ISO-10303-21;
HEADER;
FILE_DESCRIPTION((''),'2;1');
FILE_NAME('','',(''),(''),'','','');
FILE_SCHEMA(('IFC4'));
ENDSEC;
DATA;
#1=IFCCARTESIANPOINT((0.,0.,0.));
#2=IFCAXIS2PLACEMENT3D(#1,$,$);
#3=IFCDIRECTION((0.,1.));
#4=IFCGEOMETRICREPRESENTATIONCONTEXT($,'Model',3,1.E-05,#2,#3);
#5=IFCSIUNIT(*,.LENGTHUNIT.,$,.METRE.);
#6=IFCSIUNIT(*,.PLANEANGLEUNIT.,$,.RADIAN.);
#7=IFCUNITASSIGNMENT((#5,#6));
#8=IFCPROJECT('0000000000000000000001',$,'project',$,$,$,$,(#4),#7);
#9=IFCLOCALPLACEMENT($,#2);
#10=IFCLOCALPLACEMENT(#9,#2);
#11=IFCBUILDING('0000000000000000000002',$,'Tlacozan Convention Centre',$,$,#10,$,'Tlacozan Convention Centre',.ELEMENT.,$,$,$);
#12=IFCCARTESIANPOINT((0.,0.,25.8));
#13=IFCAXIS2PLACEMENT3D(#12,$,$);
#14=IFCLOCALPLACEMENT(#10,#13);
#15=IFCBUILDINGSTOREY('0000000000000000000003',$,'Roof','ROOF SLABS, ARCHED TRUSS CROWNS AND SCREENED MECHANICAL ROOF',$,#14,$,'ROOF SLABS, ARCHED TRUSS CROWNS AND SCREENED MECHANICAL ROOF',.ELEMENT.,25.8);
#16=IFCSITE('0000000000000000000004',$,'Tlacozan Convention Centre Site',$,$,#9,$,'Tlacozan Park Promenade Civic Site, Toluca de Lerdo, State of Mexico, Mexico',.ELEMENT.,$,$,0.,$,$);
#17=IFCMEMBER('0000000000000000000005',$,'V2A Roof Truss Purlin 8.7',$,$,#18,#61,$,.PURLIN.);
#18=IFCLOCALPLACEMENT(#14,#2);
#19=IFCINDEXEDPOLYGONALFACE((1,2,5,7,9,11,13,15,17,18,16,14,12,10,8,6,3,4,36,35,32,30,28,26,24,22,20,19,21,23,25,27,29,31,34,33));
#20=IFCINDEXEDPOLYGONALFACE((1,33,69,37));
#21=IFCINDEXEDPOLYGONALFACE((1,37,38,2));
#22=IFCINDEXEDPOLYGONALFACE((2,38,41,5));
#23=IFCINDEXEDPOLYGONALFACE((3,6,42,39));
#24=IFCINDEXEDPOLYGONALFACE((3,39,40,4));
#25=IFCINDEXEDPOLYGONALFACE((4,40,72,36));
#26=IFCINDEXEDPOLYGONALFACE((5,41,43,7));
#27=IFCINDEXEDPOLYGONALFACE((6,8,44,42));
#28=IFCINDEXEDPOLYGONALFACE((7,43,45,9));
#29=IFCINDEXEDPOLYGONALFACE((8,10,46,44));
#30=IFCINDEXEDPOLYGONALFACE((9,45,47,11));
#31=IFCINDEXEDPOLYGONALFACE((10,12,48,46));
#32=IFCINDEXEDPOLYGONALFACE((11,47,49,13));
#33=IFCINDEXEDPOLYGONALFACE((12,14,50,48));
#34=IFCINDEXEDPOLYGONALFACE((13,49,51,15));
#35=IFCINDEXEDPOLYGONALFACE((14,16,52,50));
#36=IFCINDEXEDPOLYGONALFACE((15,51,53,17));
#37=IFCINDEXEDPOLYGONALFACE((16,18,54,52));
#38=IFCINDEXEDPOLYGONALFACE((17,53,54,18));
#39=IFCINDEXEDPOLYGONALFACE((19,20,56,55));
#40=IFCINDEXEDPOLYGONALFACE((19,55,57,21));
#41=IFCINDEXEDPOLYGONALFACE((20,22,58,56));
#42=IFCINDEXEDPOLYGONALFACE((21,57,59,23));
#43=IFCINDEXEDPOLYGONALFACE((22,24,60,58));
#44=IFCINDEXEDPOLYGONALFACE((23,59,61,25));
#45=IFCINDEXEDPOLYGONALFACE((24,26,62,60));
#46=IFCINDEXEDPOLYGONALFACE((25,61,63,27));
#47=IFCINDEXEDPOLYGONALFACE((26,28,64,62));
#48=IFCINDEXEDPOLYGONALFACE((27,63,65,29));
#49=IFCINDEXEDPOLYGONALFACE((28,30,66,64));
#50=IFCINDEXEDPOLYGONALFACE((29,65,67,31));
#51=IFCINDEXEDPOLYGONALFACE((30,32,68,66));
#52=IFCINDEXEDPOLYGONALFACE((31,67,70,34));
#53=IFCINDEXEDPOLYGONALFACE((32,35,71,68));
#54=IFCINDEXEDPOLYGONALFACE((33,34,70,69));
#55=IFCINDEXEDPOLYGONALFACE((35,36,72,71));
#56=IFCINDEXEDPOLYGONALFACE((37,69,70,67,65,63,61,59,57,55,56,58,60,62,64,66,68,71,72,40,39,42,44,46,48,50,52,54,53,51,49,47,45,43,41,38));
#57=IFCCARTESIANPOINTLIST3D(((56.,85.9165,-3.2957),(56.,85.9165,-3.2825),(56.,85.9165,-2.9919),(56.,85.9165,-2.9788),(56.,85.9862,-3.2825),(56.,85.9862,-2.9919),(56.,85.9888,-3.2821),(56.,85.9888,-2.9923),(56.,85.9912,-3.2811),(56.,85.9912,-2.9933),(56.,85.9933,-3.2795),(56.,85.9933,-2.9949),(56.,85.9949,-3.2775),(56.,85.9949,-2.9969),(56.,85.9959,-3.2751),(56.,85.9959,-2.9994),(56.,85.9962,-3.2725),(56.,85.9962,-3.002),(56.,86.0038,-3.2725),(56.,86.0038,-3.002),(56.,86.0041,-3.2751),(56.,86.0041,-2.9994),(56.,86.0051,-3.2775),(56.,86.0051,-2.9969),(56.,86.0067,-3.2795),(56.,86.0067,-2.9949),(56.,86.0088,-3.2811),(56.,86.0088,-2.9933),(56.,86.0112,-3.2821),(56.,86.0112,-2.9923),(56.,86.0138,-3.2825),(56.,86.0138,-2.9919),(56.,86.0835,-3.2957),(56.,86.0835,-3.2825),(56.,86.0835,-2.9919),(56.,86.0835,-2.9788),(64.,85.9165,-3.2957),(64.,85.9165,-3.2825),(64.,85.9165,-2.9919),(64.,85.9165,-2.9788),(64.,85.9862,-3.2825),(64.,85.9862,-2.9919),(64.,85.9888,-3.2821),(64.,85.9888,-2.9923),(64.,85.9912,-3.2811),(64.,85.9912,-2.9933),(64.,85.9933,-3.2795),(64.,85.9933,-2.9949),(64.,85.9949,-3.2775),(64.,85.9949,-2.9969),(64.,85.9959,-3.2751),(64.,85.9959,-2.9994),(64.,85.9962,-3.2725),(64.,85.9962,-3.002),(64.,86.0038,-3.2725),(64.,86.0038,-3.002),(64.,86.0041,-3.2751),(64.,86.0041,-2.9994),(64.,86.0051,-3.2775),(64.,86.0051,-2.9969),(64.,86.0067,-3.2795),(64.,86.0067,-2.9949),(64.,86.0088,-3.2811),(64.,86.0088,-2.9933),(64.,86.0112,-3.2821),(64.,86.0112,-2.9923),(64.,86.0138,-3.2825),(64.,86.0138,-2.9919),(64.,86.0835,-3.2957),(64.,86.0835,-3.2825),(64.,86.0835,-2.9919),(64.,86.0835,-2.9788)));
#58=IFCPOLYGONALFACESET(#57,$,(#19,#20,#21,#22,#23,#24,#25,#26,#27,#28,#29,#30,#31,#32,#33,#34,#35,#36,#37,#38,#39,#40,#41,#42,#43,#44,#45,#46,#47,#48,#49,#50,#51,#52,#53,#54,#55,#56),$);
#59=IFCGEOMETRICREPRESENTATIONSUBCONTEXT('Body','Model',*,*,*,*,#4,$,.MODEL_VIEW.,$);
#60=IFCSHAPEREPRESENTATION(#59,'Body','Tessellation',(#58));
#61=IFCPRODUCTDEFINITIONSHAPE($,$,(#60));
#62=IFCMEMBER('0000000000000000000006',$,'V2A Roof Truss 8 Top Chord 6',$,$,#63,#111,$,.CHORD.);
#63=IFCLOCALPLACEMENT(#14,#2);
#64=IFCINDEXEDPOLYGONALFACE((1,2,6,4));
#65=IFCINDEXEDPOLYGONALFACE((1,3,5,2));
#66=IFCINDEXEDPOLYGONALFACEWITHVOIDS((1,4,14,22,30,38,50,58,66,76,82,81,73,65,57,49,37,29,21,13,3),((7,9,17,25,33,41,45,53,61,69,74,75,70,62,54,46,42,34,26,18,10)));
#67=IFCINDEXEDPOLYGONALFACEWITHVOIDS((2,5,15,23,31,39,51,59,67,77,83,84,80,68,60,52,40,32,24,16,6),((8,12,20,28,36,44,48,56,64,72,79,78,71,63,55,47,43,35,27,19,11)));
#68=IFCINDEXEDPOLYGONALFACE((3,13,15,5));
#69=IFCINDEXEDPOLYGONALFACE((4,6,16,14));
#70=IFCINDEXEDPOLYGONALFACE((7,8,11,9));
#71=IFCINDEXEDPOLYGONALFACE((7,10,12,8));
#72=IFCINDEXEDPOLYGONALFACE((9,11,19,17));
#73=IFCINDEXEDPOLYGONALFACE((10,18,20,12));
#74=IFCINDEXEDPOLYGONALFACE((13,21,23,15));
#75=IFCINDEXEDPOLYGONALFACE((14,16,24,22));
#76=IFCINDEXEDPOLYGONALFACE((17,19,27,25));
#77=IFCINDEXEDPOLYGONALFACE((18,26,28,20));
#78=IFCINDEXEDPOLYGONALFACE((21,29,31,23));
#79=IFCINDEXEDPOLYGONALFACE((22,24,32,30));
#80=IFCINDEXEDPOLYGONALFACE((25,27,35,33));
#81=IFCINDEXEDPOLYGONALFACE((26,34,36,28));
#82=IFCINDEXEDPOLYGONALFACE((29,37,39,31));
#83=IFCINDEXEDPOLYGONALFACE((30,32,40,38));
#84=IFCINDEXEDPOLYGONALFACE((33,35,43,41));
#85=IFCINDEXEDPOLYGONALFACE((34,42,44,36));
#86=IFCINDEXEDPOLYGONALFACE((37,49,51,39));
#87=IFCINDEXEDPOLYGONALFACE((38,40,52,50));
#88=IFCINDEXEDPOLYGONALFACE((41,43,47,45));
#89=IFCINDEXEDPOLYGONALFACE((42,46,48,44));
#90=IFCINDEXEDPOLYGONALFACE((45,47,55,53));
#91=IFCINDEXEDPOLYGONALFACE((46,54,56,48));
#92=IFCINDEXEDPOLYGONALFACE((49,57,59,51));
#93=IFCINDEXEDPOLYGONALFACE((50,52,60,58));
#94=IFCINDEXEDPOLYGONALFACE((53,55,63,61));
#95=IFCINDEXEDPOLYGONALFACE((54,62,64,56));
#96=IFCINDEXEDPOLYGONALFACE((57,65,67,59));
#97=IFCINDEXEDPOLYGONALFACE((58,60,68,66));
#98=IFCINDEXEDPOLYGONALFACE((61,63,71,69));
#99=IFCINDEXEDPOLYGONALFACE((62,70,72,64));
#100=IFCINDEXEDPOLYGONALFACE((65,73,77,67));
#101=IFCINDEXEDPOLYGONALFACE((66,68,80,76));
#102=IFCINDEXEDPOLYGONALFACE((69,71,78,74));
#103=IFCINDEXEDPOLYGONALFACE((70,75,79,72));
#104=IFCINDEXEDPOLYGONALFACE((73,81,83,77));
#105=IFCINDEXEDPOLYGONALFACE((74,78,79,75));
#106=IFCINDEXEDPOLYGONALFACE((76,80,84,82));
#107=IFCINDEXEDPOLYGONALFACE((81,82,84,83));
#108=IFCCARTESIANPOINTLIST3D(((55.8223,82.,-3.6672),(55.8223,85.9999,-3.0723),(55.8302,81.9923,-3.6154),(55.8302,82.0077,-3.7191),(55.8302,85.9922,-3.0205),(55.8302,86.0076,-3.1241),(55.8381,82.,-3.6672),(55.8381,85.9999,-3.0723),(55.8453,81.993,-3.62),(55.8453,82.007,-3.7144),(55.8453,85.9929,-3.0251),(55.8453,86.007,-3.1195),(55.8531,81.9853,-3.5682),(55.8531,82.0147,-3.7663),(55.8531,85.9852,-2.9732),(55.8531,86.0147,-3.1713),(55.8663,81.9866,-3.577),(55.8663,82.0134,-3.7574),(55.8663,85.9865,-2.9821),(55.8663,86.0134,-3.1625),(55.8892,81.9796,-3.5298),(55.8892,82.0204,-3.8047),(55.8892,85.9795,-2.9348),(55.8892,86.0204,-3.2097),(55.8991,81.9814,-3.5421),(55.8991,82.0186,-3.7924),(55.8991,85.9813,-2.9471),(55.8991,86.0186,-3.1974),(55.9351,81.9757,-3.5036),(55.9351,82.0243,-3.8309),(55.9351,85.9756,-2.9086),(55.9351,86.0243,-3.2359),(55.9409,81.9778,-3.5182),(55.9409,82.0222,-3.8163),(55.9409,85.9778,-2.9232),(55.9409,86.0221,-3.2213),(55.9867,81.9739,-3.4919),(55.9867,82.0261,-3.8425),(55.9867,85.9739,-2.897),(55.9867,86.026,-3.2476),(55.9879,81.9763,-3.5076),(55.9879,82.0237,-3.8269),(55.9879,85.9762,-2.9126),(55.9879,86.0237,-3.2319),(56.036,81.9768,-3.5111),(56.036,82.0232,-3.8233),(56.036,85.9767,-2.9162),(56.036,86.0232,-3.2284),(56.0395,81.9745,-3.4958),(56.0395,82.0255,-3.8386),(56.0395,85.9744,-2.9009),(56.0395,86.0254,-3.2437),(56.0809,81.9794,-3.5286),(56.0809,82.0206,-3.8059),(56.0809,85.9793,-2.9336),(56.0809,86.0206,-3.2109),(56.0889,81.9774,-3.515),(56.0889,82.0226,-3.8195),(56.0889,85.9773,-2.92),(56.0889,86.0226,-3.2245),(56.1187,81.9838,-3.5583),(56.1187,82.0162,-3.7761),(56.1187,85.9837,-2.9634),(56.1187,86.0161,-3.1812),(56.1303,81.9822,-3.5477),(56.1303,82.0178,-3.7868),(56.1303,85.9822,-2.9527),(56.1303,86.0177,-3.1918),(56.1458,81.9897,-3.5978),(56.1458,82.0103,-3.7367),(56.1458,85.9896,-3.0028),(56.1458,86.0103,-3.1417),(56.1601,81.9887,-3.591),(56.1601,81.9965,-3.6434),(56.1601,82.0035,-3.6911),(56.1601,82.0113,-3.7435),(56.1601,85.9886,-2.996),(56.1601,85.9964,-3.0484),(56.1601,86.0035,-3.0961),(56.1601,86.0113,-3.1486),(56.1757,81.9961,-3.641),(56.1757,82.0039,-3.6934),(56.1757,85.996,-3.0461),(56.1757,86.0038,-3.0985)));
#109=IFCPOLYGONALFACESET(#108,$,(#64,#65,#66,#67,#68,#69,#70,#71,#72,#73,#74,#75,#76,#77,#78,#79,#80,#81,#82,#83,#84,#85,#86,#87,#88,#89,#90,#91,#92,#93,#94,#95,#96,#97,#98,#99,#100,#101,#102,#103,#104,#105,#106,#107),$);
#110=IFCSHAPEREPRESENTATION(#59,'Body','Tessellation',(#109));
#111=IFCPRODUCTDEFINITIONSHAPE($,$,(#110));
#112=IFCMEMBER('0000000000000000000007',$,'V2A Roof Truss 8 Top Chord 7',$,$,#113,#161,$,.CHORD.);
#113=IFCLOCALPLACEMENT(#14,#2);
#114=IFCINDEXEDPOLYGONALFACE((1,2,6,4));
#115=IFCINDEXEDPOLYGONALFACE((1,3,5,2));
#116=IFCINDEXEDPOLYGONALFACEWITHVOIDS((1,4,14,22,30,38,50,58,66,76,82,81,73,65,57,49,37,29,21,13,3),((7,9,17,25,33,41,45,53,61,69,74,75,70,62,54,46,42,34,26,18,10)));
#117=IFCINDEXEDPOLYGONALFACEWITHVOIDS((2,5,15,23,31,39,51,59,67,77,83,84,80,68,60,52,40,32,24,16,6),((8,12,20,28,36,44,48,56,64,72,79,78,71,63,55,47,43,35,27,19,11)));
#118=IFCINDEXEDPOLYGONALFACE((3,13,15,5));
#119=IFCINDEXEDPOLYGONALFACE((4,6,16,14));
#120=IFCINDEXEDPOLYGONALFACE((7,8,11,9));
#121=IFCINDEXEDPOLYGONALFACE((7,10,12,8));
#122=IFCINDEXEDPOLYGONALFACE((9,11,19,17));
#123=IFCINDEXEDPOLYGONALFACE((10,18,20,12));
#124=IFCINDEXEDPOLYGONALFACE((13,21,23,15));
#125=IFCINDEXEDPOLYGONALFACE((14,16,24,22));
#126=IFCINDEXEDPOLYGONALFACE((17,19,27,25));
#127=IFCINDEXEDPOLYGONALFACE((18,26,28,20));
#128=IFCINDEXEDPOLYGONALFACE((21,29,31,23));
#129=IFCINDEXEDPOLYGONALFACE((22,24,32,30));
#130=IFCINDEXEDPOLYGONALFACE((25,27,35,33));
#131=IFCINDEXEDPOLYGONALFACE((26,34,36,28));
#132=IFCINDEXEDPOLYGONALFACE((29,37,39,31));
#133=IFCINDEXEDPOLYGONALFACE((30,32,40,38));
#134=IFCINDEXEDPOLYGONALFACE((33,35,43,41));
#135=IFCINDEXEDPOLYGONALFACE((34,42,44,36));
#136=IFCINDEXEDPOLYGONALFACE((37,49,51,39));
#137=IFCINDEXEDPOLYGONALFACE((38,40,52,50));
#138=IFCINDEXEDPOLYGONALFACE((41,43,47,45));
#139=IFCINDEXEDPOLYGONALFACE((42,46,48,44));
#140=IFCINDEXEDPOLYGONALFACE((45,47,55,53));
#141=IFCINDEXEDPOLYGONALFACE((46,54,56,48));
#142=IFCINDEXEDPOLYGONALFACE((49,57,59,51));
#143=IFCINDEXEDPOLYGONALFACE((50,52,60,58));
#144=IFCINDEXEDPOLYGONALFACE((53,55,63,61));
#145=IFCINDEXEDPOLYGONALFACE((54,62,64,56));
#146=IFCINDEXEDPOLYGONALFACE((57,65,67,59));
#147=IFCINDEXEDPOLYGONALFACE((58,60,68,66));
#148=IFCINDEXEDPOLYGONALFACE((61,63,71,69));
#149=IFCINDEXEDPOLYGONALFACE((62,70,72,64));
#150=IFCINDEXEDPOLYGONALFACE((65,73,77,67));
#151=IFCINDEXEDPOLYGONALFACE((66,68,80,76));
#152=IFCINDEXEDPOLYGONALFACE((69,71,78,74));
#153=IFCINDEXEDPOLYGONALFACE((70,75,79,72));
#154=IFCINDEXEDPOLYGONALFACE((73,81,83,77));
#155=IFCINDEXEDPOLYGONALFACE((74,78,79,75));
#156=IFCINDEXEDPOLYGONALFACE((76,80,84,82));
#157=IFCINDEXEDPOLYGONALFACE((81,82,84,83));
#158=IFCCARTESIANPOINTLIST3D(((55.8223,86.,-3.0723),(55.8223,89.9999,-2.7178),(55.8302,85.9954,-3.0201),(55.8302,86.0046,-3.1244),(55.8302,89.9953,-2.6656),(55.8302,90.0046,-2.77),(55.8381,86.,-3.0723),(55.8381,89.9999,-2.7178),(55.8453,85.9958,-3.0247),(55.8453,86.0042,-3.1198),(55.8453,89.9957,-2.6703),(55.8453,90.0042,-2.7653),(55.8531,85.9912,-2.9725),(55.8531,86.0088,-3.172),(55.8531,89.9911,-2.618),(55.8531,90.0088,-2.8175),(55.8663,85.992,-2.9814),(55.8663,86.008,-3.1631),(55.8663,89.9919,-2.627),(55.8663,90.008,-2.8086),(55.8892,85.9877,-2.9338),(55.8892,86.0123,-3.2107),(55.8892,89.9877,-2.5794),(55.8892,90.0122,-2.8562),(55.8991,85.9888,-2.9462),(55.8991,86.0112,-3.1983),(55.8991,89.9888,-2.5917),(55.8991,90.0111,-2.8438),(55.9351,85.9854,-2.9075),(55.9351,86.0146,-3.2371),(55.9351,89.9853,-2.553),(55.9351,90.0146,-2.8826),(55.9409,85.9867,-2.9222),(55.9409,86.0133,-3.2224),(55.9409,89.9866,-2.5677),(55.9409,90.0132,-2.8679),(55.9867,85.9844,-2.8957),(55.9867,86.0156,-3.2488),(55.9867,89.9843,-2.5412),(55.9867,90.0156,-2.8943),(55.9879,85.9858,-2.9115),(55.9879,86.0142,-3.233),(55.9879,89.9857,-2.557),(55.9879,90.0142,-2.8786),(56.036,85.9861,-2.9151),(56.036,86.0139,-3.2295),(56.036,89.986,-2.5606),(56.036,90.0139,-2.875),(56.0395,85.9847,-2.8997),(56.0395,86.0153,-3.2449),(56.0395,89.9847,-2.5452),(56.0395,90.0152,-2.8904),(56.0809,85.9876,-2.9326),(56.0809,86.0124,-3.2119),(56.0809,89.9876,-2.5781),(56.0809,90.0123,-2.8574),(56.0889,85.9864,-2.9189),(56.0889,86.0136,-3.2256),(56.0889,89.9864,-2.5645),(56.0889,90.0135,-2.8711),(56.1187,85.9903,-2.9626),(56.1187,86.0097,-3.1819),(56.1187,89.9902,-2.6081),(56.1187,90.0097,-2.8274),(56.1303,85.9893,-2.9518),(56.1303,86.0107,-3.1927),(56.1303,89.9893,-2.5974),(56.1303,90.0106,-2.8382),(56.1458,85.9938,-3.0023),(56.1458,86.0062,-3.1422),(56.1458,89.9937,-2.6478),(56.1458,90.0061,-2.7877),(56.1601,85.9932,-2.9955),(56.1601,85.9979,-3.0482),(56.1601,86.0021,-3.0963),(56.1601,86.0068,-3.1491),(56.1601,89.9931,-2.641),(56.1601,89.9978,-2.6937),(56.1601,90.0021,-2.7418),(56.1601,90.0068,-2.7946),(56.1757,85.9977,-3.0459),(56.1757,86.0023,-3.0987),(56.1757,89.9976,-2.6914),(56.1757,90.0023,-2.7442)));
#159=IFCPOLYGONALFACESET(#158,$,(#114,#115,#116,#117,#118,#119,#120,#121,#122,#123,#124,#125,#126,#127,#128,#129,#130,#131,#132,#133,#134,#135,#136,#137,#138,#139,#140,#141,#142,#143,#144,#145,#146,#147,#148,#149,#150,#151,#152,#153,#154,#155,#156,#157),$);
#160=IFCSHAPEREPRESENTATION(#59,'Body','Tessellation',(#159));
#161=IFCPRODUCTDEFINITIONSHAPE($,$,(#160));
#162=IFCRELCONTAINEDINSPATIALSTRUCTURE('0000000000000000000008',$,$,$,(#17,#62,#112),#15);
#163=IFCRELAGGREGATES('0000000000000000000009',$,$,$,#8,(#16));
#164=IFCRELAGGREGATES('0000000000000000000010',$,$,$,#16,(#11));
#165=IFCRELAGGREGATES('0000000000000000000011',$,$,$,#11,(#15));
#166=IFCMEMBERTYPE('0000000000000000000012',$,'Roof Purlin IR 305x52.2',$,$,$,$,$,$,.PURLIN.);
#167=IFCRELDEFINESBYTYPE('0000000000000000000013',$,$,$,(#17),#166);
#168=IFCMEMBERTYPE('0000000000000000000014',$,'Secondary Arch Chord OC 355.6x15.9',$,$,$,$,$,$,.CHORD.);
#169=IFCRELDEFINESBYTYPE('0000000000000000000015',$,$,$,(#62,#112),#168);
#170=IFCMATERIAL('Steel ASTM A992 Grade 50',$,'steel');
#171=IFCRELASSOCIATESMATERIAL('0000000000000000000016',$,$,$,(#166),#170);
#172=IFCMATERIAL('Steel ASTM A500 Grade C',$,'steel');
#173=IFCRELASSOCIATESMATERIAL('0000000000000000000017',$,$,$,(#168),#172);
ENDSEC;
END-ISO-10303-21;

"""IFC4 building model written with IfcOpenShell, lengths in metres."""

from ifc_helpers import new_model, si_unit, direction, frame, origin, origin_2d, place, context, subcontext, project, spatial, hollow_circle, i_section, extrude, material, material_profile, profile_set, type_object, element, save


model = new_model("IFC4")

# Units and contexts
model_context = context("Model", 3, precision=1e-05, world=origin(), true_north=direction((0.0, 1.0)))
body_context = subcontext(model_context, "Body", "Model", "MODEL_VIEW")
ifc_project = project(units=[si_unit("LENGTHUNIT", "METRE"), si_unit("PLANEANGLEUNIT", "RADIAN")], contexts=[model_context])

# Site, building, storey
site_placement = place(None, origin())
site = spatial("IfcSite", under=ifc_project, at=site_placement, Name="Tlacozan Convention Centre Site", LongName="Tlacozan Park Promenade Civic Site, Toluca de Lerdo, State of Mexico, Mexico", CompositionType="ELEMENT", RefElevation=0.0)
building_placement = place(site_placement, origin())
building = spatial("IfcBuilding", under=site, at=building_placement, Name="Tlacozan Convention Centre", LongName="Tlacozan Convention Centre", CompositionType="ELEMENT")
storey_placement = place(building_placement, frame((0.0, 0.0, 25.8)))
storey = spatial("IfcBuildingStorey", under=building, at=storey_placement, Name="Roof", Description="ROOF SLABS, ARCHED TRUSS CROWNS AND SCREENED MECHANICAL ROOF", LongName="ROOF SLABS, ARCHED TRUSS CROWNS AND SCREENED MECHANICAL ROOF", CompositionType="ELEMENT", Elevation=25.8)

# Members
ifc_material_1 = material(Name="Steel ASTM A500 Grade C", Category="steel")
ifc_material_2 = material(Name="Steel ASTM A992 Grade 50", Category="steel")
ifc_material_profile_1 = material_profile(ifc_material_2, i_section(OverallWidth=0.167, OverallDepth=0.3169, WebThickness=0.0076, FlangeThickness=0.0132, FilletRadius=0.01, at=origin_2d()), Name="IR 305x52.2")
ifc_profile_set_1 = profile_set([ifc_material_profile_1], Name="Steel ASTM A992 Grade 50")
member_type_1 = type_object("IfcMemberType", Name="Roof Purlin IR 305x52.2", PredefinedType="PURLIN", material=ifc_profile_set_1)
member_1_placement = place(storey_placement, frame((56.0, 86.0, -3.1372), z_axis=(1.0, 0.0, 0.0), x_axis=(0.0, 1.0, 0.0)))
element("IfcMember", 1, at=member_1_placement, inside=storey, type_object=member_type_1, Name="V2A Roof Truss Purlin 8.7", PredefinedType="PURLIN", context=body_context, shape_type="SweptSolid", body=[
    extrude(i_section(OverallWidth=0.167, OverallDepth=0.3169, WebThickness=0.0076, FlangeThickness=0.0132, FilletRadius=0.01, at=origin_2d()), origin(), (0.0, 0.0, 1.0), 8.0),
])
ifc_material_profile_2 = material_profile(ifc_material_1, hollow_circle(Radius=0.1777, WallThickness=0.0159, at=origin_2d()), Name="OC 355.6x15.9")
ifc_profile_set_2 = profile_set([ifc_material_profile_2], Name="Steel ASTM A500 Grade C")
member_type_2 = type_object("IfcMemberType", Name="Secondary Arch Chord OC 355.6x15.9", PredefinedType="CHORD", material=ifc_profile_set_2)
member_2_placement = place(storey_placement, frame((56.0, 82.0, -3.6672), z_axis=(0.0, 0.989118, 0.147124), x_axis=(-1.0, 0.0, 0.0)))
element("IfcMember", 2, at=member_2_placement, inside=storey, type_object=member_type_2, Name="V2A Roof Truss 8 Top Chord 6", PredefinedType="CHORD", context=body_context, shape_type="SweptSolid", body=[
    extrude(hollow_circle(Radius=0.1777, WallThickness=0.0159, at=origin_2d()), origin(), (0.0, 0.0, 1.0), 4.0439),
])
member_3_placement = place(storey_placement, frame((56.0, 86.0, -3.0723), z_axis=(0.0, 0.996096, 0.088277), x_axis=(-1.0, 0.0, 0.0)))
element("IfcMember", 3, at=member_3_placement, inside=storey, type_object=member_type_2, Name="V2A Roof Truss 8 Top Chord 7", PredefinedType="CHORD", context=body_context, shape_type="SweptSolid", body=[
    extrude(hollow_circle(Radius=0.1777, WallThickness=0.0159, at=origin_2d()), origin(), (0.0, 0.0, 1.0), 4.0156),
])

save(model, "model.ifc")
